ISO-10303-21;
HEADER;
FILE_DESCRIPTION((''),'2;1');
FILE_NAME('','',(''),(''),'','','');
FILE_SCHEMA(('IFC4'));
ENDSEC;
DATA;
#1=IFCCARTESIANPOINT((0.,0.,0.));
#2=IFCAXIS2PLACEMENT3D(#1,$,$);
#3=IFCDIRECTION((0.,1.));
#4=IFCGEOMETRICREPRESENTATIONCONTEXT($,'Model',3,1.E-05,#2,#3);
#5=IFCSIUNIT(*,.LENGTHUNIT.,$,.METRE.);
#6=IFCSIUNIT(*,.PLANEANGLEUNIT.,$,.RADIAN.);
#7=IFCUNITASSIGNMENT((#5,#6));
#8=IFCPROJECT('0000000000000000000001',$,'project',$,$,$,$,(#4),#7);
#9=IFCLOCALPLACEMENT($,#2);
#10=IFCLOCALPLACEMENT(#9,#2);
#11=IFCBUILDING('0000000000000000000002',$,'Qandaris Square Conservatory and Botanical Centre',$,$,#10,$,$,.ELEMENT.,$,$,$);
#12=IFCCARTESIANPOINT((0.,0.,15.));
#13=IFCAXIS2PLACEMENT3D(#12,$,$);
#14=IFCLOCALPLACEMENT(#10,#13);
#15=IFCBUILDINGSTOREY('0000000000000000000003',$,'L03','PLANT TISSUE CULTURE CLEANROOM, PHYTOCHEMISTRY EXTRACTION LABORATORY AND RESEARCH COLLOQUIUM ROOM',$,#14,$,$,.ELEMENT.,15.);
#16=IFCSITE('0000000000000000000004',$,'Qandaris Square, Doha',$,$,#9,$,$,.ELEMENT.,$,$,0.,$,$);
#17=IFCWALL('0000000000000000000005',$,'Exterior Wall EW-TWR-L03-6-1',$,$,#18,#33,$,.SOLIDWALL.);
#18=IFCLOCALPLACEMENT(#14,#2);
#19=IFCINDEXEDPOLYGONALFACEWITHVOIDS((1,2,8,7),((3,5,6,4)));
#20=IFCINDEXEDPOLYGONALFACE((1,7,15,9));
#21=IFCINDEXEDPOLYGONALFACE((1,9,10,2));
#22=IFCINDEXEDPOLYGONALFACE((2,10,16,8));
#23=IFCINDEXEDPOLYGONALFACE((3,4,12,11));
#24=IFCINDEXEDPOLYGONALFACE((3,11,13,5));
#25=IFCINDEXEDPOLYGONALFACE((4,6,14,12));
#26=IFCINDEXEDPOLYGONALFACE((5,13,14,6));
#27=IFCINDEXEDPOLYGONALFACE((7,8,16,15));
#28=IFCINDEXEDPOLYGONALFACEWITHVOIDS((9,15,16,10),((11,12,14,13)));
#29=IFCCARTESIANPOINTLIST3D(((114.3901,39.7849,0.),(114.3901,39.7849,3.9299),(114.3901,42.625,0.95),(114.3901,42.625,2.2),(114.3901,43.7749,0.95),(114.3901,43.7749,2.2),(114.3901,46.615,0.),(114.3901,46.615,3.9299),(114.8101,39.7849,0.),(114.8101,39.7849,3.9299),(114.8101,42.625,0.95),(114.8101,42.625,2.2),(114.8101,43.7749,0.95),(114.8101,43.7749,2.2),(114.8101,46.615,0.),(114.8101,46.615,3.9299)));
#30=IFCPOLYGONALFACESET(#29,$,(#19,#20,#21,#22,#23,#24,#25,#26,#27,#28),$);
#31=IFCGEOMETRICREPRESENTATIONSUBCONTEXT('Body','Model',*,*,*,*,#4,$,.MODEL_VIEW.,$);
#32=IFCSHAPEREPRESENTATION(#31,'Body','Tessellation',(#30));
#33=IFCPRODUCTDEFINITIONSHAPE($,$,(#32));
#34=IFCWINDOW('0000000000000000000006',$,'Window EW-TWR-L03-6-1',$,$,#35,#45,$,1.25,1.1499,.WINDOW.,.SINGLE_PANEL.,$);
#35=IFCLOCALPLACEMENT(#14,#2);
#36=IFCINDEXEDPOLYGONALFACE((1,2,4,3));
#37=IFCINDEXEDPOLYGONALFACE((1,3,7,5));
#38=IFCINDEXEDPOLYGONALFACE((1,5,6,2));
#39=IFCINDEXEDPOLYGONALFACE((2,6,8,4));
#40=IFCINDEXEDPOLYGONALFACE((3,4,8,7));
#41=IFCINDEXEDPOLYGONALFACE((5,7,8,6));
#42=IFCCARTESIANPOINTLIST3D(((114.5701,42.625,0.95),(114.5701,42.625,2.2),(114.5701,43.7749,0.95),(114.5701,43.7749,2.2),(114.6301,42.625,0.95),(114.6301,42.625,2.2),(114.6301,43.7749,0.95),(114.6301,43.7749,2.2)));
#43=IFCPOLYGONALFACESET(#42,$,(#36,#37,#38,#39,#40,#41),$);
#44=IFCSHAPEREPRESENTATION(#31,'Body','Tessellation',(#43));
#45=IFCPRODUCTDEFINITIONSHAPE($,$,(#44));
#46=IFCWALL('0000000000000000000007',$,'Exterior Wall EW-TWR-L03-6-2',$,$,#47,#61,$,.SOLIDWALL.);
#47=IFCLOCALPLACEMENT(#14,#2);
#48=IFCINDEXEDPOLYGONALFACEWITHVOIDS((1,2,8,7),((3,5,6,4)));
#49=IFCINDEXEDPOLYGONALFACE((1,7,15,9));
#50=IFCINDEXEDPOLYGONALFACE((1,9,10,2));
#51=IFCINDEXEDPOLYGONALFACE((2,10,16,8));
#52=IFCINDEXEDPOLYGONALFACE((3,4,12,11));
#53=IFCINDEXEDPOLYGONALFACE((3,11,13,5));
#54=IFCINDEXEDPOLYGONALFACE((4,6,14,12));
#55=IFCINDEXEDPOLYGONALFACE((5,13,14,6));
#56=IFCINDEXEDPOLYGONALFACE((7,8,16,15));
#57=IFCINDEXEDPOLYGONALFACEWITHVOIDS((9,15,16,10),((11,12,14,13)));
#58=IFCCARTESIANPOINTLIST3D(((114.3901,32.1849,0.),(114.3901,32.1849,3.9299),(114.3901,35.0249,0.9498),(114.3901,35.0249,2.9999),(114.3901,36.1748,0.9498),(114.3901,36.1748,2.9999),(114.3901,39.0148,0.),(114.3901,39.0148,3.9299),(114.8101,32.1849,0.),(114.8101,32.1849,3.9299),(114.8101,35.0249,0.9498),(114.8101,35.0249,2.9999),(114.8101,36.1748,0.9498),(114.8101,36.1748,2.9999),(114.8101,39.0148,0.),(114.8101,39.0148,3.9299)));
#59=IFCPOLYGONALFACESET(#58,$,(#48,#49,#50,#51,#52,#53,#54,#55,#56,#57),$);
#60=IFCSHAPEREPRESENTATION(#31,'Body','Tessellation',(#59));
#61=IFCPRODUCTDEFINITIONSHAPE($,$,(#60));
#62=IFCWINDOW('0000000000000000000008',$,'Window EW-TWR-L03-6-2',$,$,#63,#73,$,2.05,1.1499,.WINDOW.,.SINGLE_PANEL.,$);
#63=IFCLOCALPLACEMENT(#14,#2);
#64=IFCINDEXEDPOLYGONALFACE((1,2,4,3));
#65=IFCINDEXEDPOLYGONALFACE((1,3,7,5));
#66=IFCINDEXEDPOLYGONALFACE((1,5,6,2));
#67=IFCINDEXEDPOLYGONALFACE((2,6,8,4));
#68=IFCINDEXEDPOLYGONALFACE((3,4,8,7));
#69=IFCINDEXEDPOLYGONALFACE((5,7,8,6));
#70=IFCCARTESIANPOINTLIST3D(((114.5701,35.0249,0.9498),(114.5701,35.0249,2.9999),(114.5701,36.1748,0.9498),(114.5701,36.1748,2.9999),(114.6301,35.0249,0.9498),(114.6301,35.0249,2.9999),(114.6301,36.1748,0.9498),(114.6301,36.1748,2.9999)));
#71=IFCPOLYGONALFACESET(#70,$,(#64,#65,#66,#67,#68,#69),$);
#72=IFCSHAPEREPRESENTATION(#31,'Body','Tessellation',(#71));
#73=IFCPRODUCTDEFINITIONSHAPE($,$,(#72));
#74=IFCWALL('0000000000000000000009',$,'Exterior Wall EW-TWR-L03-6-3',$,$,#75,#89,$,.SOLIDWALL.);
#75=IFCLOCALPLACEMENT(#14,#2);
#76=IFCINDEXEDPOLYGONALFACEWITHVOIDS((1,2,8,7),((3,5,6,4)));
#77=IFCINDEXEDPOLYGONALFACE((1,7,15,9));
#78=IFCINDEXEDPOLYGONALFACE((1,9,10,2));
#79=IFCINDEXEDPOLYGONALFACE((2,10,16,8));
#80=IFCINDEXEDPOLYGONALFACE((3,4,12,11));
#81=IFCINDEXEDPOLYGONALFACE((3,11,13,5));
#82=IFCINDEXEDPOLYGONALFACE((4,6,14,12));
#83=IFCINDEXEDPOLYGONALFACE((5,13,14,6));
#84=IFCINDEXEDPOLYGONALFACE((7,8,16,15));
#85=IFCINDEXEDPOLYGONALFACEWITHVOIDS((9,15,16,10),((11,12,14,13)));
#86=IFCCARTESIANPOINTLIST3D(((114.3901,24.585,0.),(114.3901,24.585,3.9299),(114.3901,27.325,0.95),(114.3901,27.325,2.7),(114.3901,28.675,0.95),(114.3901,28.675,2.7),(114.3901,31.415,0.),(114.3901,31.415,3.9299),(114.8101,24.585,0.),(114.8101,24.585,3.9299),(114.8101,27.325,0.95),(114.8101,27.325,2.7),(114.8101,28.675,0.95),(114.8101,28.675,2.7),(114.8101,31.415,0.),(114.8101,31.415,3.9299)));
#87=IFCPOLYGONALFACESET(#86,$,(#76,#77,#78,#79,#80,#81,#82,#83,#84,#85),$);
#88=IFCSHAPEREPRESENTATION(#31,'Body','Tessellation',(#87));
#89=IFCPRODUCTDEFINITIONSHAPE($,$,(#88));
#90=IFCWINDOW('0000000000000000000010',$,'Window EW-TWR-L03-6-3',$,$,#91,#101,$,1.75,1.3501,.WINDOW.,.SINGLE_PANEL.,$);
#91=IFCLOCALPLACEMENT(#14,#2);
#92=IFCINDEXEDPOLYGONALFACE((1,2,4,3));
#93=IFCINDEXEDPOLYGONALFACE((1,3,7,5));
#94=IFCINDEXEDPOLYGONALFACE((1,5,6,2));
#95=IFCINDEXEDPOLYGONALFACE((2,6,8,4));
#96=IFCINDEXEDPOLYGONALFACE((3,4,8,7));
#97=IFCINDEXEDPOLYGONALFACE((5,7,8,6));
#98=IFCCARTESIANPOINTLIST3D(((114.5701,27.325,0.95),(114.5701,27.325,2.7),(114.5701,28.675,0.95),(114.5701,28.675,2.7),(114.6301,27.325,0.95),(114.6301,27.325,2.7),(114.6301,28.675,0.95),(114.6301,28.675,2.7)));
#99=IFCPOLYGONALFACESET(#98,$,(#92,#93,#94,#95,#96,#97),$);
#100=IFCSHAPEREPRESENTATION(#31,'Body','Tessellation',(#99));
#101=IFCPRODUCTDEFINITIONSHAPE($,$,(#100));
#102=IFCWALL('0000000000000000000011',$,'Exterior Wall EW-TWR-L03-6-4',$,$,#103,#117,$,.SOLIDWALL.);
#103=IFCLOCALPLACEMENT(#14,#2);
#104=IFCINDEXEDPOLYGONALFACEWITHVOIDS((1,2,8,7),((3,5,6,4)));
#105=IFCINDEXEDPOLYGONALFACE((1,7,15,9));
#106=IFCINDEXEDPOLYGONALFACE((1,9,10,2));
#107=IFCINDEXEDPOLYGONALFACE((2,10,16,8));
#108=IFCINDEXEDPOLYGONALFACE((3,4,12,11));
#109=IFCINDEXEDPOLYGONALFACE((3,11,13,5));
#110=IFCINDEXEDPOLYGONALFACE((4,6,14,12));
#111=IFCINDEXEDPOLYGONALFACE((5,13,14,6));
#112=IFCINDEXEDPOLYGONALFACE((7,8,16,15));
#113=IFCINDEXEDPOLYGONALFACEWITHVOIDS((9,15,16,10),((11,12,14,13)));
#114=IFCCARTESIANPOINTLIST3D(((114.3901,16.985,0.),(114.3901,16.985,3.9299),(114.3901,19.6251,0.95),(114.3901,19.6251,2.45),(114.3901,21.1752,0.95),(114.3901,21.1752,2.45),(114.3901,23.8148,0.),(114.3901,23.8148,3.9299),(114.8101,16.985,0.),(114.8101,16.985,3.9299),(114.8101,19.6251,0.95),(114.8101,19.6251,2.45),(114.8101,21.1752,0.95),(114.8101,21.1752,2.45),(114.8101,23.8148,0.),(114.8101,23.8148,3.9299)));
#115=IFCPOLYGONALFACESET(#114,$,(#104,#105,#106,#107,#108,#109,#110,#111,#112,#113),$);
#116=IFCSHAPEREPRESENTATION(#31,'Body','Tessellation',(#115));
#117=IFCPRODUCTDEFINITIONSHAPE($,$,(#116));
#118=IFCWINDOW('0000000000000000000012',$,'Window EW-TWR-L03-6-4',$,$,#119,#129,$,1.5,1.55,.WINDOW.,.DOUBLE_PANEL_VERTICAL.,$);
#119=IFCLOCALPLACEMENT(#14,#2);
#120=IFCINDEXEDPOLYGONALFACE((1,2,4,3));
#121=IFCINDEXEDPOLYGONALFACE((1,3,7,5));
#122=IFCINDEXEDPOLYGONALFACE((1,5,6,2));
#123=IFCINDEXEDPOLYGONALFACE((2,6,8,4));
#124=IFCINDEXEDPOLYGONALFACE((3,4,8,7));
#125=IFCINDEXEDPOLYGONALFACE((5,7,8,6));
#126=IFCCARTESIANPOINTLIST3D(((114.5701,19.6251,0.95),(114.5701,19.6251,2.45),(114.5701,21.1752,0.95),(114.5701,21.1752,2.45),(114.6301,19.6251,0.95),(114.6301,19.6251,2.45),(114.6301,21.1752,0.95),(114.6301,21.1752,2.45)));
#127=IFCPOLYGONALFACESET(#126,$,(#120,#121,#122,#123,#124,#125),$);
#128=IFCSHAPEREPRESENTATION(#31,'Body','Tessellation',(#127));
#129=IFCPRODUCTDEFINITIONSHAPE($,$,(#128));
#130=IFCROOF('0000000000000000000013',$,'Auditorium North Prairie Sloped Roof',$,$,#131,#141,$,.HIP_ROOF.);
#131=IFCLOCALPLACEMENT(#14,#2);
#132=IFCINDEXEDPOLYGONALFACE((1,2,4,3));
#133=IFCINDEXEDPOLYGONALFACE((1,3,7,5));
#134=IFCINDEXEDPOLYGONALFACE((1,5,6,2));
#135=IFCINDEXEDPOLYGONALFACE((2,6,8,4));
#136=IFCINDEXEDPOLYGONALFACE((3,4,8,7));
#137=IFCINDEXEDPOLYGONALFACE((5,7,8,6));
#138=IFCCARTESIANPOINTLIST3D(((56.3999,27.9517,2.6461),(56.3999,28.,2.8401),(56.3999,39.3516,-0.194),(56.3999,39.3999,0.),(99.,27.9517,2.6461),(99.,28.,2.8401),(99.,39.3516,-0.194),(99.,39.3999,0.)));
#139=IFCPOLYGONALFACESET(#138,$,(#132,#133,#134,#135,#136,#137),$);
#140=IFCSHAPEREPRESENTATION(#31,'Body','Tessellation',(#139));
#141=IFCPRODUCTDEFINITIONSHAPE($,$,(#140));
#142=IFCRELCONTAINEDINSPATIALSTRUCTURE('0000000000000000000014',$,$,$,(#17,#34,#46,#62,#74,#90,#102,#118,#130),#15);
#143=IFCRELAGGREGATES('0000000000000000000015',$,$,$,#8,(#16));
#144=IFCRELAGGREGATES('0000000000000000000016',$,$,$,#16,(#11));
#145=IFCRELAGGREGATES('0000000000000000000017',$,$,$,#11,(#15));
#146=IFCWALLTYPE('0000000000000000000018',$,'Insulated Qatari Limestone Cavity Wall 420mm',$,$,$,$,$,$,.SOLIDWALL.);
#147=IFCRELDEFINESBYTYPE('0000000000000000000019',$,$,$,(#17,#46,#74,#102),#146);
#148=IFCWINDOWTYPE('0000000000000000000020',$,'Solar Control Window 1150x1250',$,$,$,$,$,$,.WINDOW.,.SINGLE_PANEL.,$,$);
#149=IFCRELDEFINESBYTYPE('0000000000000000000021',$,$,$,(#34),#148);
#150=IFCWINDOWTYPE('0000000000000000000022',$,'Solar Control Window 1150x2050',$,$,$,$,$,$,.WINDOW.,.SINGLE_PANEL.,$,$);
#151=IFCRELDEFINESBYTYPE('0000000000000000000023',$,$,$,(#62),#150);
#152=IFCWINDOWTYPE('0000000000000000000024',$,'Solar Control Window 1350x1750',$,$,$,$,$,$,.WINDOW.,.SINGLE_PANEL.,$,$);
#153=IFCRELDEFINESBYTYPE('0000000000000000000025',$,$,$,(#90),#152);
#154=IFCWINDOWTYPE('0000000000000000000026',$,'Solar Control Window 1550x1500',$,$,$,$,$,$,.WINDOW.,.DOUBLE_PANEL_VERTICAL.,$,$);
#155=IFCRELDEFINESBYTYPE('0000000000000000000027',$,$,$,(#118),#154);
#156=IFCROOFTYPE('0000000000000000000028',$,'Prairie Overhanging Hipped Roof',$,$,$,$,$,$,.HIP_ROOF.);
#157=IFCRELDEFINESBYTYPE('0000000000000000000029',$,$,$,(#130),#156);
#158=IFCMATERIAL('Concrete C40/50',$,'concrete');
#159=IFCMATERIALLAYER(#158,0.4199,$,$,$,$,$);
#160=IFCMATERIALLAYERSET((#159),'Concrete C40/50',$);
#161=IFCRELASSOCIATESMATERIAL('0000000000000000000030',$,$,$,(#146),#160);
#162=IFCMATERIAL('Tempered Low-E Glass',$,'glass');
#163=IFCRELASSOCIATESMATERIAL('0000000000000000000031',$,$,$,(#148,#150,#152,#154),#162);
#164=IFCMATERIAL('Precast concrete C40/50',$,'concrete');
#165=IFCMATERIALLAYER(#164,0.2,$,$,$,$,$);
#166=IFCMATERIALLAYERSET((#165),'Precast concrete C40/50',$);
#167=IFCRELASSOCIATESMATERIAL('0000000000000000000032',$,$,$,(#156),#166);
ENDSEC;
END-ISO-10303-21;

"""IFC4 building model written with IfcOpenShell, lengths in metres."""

from ifc_helpers import new_model, si_unit, direction, frame, frame_2d, origin, place, context, subcontext, project, spatial, polyline, rectangle, outline, extrude, material, layer, layer_set, type_object, element, fill, save


model = new_model("IFC4")

# Units and contexts
model_context = context("Model", 3, precision=1e-05, world=origin(), true_north=direction((0.0, 1.0)))
body_context = subcontext(model_context, "Body", "Model", "MODEL_VIEW")
ifc_project = project(units=[si_unit("LENGTHUNIT", "METRE"), si_unit("PLANEANGLEUNIT", "RADIAN")], contexts=[model_context])

# Site, building, storey
site_placement = place(None, origin())
site = spatial("IfcSite", under=ifc_project, at=site_placement, Name="Qandaris Square, Doha", CompositionType="ELEMENT", RefElevation=0.0)
building_placement = place(site_placement, origin())
building = spatial("IfcBuilding", under=site, at=building_placement, Name="Qandaris Square Conservatory and Botanical Centre", CompositionType="ELEMENT")
storey_placement = place(building_placement, frame((0.0, 0.0, 15.0)))
storey = spatial("IfcBuildingStorey", under=building, at=storey_placement, Name="L03", Description="PLANT TISSUE CULTURE CLEANROOM, PHYTOCHEMISTRY EXTRACTION LABORATORY AND RESEARCH COLLOQUIUM ROOM", CompositionType="ELEMENT", Elevation=15.0)

# Walls, openings, windows
ifc_material_1 = material(Name="Concrete C40/50", Category="concrete")
ifc_layer_1 = layer(ifc_material_1, 0.4199)
ifc_layer_set_1 = layer_set([ifc_layer_1], Name="Concrete C40/50")
wall_type = type_object("IfcWallType", Name="Insulated Qatari Limestone Cavity Wall 420mm", PredefinedType="SOLIDWALL", material=ifc_layer_set_1)
wall_1_placement = place(storey_placement, frame((114.6001, 46.615, 0.0), z_axis=(0.0, 0.0, 1.0), x_axis=(0.0, -1.0, 0.0)))
wall_1 = element("IfcWall", 1, at=wall_1_placement, inside=storey, type_object=wall_type, Name="Exterior Wall EW-TWR-L03-6-1", PredefinedType="SOLIDWALL", context=body_context, shape_type="SweptSolid", body=[
    extrude(rectangle(XDim=6.8301, YDim=0.4199, at=frame_2d((3.415, 0.0))), origin(), (0.0, 0.0, 1.0), 3.9299),
])
opening_1_placement = place(wall_1_placement, frame((2.8401, 0.0, 0.95)))
opening_1 = element("IfcOpeningElement", 2, at=opening_1_placement, cuts=wall_1, PredefinedType="OPENING", context=body_context, shape_type="SweptSolid", body=[
    extrude(rectangle(XDim=1.1499, YDim=1.25, at=frame_2d((0.575, 0.625))), frame((0.0, 0.2219, 0.0), z_axis=(0.0, -1.0, 0.0), x_axis=(1.0, 0.0, 0.0)), (0.0, 0.0, 1.0), 0.4438),
])
ifc_material_2 = material(Name="Tempered Low-E Glass", Category="glass")
window_type_1 = type_object("IfcWindowType", Name="Solar Control Window 1150x1250", PartitioningType="SINGLE_PANEL", PredefinedType="WINDOW", material=ifc_material_2)
window_1_placement = place(opening_1_placement, origin())
window_1 = element("IfcWindow", 3, at=window_1_placement, inside=storey, type_object=window_type_1, Name="Window EW-TWR-L03-6-1", OverallHeight=1.25, OverallWidth=1.1499, PartitioningType="SINGLE_PANEL", PredefinedType="WINDOW", context=body_context, shape_type="SweptSolid", body=[
    extrude(rectangle(XDim=1.1499, YDim=1.25, at=frame_2d((0.575, 0.625))), frame((0.0, 0.03, 0.0), z_axis=(0.0, -1.0, 0.0), x_axis=(1.0, 0.0, 0.0)), (0.0, 0.0, 1.0), 0.0601),
])
fill(opening_1, window_1)
wall_2_placement = place(storey_placement, frame((114.6001, 39.0149, 0.0), z_axis=(0.0, 0.0, 1.0), x_axis=(0.0, -1.0, 0.0)))
wall_2 = element("IfcWall", 4, at=wall_2_placement, inside=storey, type_object=wall_type, Name="Exterior Wall EW-TWR-L03-6-2", PredefinedType="SOLIDWALL", context=body_context, shape_type="SweptSolid", body=[
    extrude(rectangle(XDim=6.8298, YDim=0.4199, at=frame_2d((3.415, 0.0))), origin(), (0.0, 0.0, 1.0), 3.9299),
])
opening_2_placement = place(wall_2_placement, frame((2.8401, 0.0, 0.95)))
opening_2 = element("IfcOpeningElement", 5, at=opening_2_placement, cuts=wall_2, PredefinedType="OPENING", context=body_context, shape_type="SweptSolid", body=[
    extrude(rectangle(XDim=1.1499, YDim=2.05, at=frame_2d((0.575, 1.0249))), frame((0.0, 0.2219, 0.0), z_axis=(0.0, -1.0, 0.0), x_axis=(1.0, 0.0, 0.0)), (0.0, 0.0, 1.0), 0.4438),
])
window_type_2 = type_object("IfcWindowType", Name="Solar Control Window 1150x2050", PartitioningType="SINGLE_PANEL", PredefinedType="WINDOW", material=ifc_material_2)
window_2_placement = place(opening_2_placement, origin())
window_2 = element("IfcWindow", 6, at=window_2_placement, inside=storey, type_object=window_type_2, Name="Window EW-TWR-L03-6-2", OverallHeight=2.05, OverallWidth=1.1499, PartitioningType="SINGLE_PANEL", PredefinedType="WINDOW", context=body_context, shape_type="SweptSolid", body=[
    extrude(rectangle(XDim=1.1499, YDim=2.05, at=frame_2d((0.575, 1.0249))), frame((0.0, 0.03, 0.0), z_axis=(0.0, -1.0, 0.0), x_axis=(1.0, 0.0, 0.0)), (0.0, 0.0, 1.0), 0.0601),
])
fill(opening_2, window_2)
wall_3_placement = place(storey_placement, frame((114.6001, 31.415, 0.0), z_axis=(0.0, 0.0, 1.0), x_axis=(0.0, -1.0, 0.0)))
wall_3 = element("IfcWall", 7, at=wall_3_placement, inside=storey, type_object=wall_type, Name="Exterior Wall EW-TWR-L03-6-3", PredefinedType="SOLIDWALL", context=body_context, shape_type="SweptSolid", body=[
    extrude(rectangle(XDim=6.8301, YDim=0.4199, at=frame_2d((3.415, 0.0))), origin(), (0.0, 0.0, 1.0), 3.9299),
])
opening_3_placement = place(wall_3_placement, frame((2.74, 0.0, 0.95)))
opening_3 = element("IfcOpeningElement", 8, at=opening_3_placement, cuts=wall_3, PredefinedType="OPENING", context=body_context, shape_type="SweptSolid", body=[
    extrude(rectangle(XDim=1.3501, YDim=1.75, at=frame_2d((0.675, 0.875))), frame((0.0, 0.2219, 0.0), z_axis=(0.0, -1.0, 0.0), x_axis=(1.0, 0.0, 0.0)), (0.0, 0.0, 1.0), 0.4438),
])
window_type_3 = type_object("IfcWindowType", Name="Solar Control Window 1350x1750", PartitioningType="SINGLE_PANEL", PredefinedType="WINDOW", material=ifc_material_2)
window_3_placement = place(opening_3_placement, origin())
window_3 = element("IfcWindow", 9, at=window_3_placement, inside=storey, type_object=window_type_3, Name="Window EW-TWR-L03-6-3", OverallHeight=1.75, OverallWidth=1.3501, PartitioningType="SINGLE_PANEL", PredefinedType="WINDOW", context=body_context, shape_type="SweptSolid", body=[
    extrude(rectangle(XDim=1.3501, YDim=1.75, at=frame_2d((0.675, 0.875))), frame((0.0, 0.03, 0.0), z_axis=(0.0, -1.0, 0.0), x_axis=(1.0, 0.0, 0.0)), (0.0, 0.0, 1.0), 0.0601),
])
fill(opening_3, window_3)
wall_4_placement = place(storey_placement, frame((114.6001, 23.8149, 0.0), z_axis=(0.0, 0.0, 1.0), x_axis=(0.0, -1.0, 0.0)))
wall_4 = element("IfcWall", 10, at=wall_4_placement, inside=storey, type_object=wall_type, Name="Exterior Wall EW-TWR-L03-6-4", PredefinedType="SOLIDWALL", context=body_context, shape_type="SweptSolid", body=[
    extrude(rectangle(XDim=6.8298, YDim=0.4199, at=frame_2d((3.415, 0.0))), origin(), (0.0, 0.0, 1.0), 3.9299),
])
opening_4_placement = place(wall_4_placement, frame((2.6399, 0.0, 0.95)))
opening_4 = element("IfcOpeningElement", 11, at=opening_4_placement, cuts=wall_4, PredefinedType="OPENING", context=body_context, shape_type="SweptSolid", body=[
    extrude(rectangle(XDim=1.55, YDim=1.5, at=frame_2d((0.7749, 0.75))), frame((0.0, 0.2219, 0.0), z_axis=(0.0, -1.0, 0.0), x_axis=(1.0, 0.0, 0.0)), (0.0, 0.0, 1.0), 0.4438),
])
window_type_4 = type_object("IfcWindowType", Name="Solar Control Window 1550x1500", PartitioningType="DOUBLE_PANEL_VERTICAL", PredefinedType="WINDOW", material=ifc_material_2)
window_4_placement = place(opening_4_placement, origin())
window_4 = element("IfcWindow", 12, at=window_4_placement, inside=storey, type_object=window_type_4, Name="Window EW-TWR-L03-6-4", OverallHeight=1.5, OverallWidth=1.55, PartitioningType="DOUBLE_PANEL_VERTICAL", PredefinedType="WINDOW", context=body_context, shape_type="SweptSolid", body=[
    extrude(rectangle(XDim=1.55, YDim=1.5, at=frame_2d((0.7749, 0.75))), frame((0.0, 0.03, 0.0), z_axis=(0.0, -1.0, 0.0), x_axis=(1.0, 0.0, 0.0)), (0.0, 0.0, 1.0), 0.0601),
])
fill(opening_4, window_4)

# Roof
ifc_material_3 = material(Name="Precast concrete C40/50", Category="concrete")
ifc_layer_2 = layer(ifc_material_3, 0.2)
ifc_layer_set_2 = layer_set([ifc_layer_2], Name="Precast concrete C40/50")
roof_type = type_object("IfcRoofType", Name="Prairie Overhanging Hipped Roof", PredefinedType="HIP_ROOF", material=ifc_layer_set_2)
roof_placement = place(storey_placement, frame((99.0, 39.3999, 0.0), z_axis=(0.0, 0.241743, 0.97034), x_axis=(-1.0, 0.0, 0.0)))
element("IfcRoof", 13, at=roof_placement, inside=storey, type_object=roof_type, Name="Auditorium North Prairie Sloped Roof", PredefinedType="HIP_ROOF", context=body_context, shape_type="SweptSolid", body=[
    extrude(outline(polyline([(0.0, 0.0), (42.6001, 0.0), (42.6001, 11.7484), (0.0, 11.7484), (0.0, 0.0)])), origin(), (0.0, 0.0, -1.0), 0.2),
])

save(model, "model.ifc")
